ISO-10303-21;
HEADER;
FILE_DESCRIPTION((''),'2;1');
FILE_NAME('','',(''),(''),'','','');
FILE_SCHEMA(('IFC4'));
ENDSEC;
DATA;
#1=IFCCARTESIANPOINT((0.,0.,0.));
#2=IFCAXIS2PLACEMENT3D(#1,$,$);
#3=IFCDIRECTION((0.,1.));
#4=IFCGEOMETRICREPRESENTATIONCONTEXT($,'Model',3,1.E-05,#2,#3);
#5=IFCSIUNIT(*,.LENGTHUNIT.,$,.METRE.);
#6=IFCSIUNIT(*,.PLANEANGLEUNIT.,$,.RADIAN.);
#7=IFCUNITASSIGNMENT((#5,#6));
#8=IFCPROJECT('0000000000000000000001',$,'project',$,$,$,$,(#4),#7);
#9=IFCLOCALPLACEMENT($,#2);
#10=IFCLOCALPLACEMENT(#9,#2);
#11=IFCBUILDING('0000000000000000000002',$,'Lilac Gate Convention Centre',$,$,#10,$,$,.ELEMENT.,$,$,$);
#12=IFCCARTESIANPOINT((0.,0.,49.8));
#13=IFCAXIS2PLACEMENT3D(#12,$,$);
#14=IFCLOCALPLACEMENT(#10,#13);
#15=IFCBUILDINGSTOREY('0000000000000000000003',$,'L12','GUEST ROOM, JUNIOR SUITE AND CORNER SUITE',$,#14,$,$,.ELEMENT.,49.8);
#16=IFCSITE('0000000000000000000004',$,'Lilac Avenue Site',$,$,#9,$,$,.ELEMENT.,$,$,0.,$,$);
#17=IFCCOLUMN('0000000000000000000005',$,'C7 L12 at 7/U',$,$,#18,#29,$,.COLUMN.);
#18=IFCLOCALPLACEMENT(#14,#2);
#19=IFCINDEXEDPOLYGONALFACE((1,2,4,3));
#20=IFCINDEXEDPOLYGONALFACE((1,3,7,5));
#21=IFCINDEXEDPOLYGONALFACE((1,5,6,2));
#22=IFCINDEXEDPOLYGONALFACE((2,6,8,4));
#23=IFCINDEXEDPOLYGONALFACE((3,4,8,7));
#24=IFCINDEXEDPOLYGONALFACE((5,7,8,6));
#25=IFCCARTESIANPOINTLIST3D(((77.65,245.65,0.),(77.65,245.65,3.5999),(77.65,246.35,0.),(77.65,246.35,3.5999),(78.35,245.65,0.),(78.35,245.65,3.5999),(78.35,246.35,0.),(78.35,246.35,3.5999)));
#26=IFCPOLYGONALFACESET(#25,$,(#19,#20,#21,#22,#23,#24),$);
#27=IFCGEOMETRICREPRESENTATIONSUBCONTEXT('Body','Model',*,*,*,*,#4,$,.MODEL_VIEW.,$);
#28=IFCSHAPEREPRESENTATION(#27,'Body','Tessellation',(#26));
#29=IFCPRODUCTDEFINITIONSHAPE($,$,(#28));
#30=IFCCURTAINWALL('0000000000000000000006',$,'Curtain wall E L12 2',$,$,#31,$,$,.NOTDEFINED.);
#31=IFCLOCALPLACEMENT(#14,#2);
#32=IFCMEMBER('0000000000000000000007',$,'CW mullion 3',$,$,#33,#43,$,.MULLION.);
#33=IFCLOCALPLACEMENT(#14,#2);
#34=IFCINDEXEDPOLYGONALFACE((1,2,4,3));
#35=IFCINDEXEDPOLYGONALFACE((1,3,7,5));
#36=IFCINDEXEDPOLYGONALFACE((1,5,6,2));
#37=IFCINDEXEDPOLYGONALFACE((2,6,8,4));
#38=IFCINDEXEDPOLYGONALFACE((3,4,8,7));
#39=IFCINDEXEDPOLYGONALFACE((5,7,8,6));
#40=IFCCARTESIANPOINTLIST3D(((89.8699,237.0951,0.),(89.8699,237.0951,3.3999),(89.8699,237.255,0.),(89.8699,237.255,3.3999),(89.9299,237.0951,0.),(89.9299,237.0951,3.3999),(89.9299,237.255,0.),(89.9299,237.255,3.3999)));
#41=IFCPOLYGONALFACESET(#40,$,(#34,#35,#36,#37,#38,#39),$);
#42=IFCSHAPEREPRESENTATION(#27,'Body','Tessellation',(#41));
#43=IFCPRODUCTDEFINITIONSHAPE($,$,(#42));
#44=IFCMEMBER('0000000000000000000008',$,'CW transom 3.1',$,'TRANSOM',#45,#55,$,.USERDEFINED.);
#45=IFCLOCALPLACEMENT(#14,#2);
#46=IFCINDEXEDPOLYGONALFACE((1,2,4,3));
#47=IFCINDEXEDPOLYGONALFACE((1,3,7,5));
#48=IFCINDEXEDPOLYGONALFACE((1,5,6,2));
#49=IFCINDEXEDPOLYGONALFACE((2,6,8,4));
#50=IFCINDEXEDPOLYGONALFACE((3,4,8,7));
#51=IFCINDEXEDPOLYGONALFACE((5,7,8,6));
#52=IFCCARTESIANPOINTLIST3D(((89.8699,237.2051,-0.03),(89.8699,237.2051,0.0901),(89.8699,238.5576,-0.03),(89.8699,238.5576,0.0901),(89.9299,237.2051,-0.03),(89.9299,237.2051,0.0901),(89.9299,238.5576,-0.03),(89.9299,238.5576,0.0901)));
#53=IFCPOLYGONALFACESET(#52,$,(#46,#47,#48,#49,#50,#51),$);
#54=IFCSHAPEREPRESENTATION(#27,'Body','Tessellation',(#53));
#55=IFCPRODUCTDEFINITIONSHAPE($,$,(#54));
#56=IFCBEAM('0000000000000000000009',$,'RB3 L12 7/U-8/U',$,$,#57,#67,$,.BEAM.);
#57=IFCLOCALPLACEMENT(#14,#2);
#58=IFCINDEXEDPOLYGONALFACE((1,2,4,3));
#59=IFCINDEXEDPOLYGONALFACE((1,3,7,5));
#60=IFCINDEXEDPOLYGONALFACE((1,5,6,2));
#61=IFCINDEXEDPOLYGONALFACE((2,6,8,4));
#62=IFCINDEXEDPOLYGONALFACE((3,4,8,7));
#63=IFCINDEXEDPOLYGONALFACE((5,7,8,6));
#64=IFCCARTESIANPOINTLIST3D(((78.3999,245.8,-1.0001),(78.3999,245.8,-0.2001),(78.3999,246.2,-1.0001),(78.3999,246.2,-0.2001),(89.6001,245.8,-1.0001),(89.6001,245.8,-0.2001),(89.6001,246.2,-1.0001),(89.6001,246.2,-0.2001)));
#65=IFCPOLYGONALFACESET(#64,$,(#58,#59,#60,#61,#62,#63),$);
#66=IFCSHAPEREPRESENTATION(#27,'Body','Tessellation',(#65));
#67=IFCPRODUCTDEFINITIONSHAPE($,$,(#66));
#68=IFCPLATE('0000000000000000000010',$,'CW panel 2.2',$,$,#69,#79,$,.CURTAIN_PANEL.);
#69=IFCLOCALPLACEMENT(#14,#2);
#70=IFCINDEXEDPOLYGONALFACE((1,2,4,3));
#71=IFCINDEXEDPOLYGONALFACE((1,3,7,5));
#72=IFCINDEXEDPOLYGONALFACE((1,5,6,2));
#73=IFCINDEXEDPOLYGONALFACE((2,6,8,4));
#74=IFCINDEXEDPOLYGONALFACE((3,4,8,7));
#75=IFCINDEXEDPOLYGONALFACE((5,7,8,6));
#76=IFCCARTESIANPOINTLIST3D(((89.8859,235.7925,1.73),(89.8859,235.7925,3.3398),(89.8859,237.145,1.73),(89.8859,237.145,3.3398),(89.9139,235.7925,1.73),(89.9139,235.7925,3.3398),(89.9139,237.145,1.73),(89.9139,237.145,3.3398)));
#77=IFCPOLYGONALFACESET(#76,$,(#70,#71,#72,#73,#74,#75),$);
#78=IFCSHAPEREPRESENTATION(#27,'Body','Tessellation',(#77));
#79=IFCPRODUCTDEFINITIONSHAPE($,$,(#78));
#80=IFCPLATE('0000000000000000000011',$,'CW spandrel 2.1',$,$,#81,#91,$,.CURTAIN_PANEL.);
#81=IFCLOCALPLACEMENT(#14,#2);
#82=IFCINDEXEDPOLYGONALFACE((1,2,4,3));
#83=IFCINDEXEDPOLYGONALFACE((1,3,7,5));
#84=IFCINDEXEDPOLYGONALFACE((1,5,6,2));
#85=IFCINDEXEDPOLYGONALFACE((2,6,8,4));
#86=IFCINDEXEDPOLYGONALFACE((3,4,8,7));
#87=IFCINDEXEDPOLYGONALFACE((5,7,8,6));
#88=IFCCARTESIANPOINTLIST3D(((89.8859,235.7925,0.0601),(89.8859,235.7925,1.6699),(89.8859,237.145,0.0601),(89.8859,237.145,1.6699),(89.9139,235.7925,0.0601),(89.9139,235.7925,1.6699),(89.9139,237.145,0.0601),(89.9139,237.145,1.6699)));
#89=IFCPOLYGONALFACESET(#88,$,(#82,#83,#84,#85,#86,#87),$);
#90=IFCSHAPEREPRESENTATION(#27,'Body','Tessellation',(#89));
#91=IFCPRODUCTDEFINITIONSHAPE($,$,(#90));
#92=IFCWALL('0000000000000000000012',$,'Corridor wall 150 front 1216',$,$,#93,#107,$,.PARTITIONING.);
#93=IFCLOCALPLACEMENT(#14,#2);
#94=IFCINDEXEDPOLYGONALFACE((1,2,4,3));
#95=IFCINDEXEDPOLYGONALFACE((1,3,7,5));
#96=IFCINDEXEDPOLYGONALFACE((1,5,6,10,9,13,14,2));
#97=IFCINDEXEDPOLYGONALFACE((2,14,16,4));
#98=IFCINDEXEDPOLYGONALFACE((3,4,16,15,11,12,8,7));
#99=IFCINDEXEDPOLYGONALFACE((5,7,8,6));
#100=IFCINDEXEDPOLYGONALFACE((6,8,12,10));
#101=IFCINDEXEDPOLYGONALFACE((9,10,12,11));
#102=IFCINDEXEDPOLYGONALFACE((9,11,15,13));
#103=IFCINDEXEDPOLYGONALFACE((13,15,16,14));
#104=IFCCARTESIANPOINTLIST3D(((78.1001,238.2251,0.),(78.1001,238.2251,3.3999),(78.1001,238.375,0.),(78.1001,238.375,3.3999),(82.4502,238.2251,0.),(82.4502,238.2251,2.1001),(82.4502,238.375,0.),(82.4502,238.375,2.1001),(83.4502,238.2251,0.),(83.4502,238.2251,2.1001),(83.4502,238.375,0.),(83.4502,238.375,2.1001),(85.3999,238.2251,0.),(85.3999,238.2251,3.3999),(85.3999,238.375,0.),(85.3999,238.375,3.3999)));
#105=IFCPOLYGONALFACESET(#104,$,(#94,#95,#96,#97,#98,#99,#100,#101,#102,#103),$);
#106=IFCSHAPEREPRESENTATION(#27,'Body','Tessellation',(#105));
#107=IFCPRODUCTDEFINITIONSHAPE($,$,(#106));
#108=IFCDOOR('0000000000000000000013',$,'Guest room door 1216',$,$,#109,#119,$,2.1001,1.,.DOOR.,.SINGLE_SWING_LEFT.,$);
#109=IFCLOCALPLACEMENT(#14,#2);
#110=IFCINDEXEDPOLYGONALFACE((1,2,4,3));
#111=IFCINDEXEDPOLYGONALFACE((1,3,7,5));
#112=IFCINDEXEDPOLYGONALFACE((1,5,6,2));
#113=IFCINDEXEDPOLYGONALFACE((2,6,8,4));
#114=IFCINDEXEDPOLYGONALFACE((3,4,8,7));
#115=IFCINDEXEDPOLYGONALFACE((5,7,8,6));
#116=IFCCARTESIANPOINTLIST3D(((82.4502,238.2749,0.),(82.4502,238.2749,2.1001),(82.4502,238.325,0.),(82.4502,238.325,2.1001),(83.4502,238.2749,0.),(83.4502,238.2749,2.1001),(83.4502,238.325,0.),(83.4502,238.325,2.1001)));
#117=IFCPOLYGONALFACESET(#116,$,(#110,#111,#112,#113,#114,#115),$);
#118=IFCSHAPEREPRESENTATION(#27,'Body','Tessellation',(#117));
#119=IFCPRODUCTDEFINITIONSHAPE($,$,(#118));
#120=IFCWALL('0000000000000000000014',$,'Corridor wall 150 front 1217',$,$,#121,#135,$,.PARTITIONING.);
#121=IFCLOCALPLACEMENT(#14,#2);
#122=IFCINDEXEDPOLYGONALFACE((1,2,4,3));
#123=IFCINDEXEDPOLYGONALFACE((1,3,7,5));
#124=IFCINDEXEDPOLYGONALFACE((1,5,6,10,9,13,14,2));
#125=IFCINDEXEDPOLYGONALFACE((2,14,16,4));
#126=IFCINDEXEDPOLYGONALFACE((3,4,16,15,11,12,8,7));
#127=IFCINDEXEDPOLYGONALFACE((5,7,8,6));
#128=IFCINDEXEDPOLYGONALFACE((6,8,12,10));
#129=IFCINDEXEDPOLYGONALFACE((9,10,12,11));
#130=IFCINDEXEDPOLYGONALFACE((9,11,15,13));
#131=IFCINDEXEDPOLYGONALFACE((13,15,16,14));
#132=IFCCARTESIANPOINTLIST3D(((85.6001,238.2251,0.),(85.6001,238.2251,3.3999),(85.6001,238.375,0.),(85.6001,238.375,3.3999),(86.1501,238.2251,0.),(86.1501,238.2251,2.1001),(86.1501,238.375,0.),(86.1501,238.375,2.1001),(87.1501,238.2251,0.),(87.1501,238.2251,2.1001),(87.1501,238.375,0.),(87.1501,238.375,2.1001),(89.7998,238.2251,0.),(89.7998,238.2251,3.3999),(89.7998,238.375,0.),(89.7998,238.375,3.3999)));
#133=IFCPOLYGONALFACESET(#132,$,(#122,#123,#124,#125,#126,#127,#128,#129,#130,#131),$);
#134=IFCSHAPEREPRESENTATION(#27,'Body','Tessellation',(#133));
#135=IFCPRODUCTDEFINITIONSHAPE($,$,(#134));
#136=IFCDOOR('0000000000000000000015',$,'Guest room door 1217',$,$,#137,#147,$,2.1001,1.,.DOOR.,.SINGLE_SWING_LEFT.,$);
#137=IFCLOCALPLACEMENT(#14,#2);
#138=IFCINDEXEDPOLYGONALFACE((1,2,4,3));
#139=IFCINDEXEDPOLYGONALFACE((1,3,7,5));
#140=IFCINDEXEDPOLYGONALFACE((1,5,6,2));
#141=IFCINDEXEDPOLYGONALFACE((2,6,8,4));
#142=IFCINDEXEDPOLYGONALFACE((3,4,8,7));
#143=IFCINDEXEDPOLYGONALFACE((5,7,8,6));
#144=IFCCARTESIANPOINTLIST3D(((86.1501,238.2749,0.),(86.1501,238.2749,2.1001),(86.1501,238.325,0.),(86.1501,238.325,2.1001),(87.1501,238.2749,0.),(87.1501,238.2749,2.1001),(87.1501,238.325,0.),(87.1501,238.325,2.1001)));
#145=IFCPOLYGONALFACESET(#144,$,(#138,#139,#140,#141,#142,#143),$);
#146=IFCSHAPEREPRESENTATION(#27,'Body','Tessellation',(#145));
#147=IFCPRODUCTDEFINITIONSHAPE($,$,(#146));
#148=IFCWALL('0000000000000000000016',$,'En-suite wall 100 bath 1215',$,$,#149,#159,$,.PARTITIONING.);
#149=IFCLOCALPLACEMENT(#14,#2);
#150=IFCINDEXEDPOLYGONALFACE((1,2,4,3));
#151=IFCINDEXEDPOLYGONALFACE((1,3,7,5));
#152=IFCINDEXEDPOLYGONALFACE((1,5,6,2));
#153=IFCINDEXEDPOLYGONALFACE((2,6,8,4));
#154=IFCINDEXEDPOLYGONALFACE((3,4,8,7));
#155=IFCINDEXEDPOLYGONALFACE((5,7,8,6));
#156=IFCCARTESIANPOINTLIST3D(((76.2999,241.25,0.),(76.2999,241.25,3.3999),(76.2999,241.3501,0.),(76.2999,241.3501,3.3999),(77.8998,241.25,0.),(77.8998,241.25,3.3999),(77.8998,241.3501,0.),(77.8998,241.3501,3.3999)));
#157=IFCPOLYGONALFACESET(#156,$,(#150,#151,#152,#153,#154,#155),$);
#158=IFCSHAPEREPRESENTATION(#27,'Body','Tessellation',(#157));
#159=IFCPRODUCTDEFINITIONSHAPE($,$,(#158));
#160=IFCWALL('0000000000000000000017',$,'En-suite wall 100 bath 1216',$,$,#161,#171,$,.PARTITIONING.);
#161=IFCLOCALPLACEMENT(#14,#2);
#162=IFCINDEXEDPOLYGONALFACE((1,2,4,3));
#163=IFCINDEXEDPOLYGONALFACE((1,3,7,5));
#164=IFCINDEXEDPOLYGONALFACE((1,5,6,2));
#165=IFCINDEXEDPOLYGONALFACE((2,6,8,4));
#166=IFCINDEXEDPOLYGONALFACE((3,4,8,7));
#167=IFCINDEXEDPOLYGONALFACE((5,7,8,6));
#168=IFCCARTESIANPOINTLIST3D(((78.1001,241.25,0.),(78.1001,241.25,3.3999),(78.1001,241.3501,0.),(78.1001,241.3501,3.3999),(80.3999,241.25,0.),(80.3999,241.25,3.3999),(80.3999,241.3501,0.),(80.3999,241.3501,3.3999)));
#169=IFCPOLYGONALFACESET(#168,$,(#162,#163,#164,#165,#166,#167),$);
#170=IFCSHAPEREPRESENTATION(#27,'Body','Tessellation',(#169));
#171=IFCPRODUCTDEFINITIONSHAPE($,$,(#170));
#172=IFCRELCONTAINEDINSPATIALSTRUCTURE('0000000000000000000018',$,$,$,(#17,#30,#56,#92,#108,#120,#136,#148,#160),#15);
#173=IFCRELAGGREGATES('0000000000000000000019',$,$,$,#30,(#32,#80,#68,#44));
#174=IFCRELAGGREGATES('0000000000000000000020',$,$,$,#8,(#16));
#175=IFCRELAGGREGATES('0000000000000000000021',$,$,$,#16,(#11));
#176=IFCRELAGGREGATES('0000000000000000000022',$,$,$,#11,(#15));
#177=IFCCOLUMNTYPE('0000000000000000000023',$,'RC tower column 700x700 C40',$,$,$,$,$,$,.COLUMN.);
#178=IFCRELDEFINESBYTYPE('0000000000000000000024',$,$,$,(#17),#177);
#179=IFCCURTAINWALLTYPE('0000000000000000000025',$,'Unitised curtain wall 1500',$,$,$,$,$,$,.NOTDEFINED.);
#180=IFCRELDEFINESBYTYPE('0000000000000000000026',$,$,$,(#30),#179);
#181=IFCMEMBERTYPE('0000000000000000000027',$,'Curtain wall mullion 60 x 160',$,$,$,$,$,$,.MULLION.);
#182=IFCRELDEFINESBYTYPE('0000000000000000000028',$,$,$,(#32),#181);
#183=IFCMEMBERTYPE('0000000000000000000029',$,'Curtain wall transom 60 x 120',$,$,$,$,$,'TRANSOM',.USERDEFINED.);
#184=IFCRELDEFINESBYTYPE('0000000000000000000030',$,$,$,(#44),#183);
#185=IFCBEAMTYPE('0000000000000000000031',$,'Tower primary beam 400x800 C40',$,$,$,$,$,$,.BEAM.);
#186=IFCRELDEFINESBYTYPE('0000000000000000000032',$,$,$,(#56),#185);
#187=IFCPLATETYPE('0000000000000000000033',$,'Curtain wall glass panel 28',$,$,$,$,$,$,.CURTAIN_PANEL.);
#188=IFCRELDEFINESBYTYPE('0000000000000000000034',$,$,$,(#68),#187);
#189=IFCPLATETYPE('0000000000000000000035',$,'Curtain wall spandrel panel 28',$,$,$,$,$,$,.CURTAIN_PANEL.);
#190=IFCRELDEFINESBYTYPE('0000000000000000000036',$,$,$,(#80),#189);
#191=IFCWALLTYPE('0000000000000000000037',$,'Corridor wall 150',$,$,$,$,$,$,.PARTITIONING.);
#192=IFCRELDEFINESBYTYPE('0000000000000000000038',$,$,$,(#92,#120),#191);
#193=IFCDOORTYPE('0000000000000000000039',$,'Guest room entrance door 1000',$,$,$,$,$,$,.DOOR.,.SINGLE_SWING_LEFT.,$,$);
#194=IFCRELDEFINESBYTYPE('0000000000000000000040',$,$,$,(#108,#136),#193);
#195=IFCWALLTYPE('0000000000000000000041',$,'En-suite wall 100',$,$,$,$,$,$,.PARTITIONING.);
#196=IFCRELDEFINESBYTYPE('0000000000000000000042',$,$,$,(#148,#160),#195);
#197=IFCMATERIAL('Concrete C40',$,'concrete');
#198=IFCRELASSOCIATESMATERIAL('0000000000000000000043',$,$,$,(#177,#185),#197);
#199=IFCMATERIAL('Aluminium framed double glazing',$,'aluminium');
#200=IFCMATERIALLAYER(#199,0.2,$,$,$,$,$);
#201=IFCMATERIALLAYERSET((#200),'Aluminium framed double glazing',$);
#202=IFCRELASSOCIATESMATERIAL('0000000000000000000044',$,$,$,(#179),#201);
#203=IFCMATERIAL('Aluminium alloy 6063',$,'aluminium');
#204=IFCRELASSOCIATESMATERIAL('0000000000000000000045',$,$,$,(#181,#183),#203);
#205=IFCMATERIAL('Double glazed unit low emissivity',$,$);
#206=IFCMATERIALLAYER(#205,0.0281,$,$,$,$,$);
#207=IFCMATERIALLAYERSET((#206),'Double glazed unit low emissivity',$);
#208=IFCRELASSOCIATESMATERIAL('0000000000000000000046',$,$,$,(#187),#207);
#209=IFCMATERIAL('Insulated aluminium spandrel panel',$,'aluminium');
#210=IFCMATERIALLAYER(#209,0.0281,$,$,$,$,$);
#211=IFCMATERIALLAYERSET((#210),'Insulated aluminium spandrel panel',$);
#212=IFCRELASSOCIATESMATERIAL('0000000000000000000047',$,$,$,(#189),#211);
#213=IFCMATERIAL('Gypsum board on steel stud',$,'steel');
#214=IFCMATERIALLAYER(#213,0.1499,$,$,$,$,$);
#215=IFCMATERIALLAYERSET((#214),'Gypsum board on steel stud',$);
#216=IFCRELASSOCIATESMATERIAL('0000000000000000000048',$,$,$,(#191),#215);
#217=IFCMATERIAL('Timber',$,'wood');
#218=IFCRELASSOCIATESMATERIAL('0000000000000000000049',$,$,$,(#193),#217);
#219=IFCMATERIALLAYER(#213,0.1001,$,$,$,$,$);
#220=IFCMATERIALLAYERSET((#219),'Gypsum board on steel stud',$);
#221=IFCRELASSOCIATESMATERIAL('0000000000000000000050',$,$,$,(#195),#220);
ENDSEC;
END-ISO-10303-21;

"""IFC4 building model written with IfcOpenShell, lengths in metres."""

from ifc_helpers import new_model, si_unit, direction, frame, frame_2d, origin, origin_2d, place, context, subcontext, project, spatial, rectangle, extrude, material, layer, layer_set, material_profile, profile_set, type_object, element, fill, aggregate, save


model = new_model("IFC4")

# Units and contexts
model_context = context("Model", 3, precision=1e-05, world=origin(), true_north=direction((0.0, 1.0)))
body_context = subcontext(model_context, "Body", "Model", "MODEL_VIEW")
ifc_project = project(units=[si_unit("LENGTHUNIT", "METRE"), si_unit("PLANEANGLEUNIT", "RADIAN")], contexts=[model_context])

# Site, building, storey
site_placement = place(None, origin())
site = spatial("IfcSite", under=ifc_project, at=site_placement, Name="Lilac Avenue Site", CompositionType="ELEMENT", RefElevation=0.0)
building_placement = place(site_placement, origin())
building = spatial("IfcBuilding", under=site, at=building_placement, Name="Lilac Gate Convention Centre", CompositionType="ELEMENT")
storey_placement = place(building_placement, frame((0.0, 0.0, 49.8)))
storey = spatial("IfcBuildingStorey", under=building, at=storey_placement, Name="L12", Description="GUEST ROOM, JUNIOR SUITE AND CORNER SUITE", CompositionType="ELEMENT", Elevation=49.8)

# Column
ifc_material_1 = material(Name="Concrete C40", Category="concrete")
ifc_material_profile_1 = material_profile(ifc_material_1, rectangle(XDim=0.7, YDim=0.7, at=origin_2d()), Name="RC 700x700")
ifc_profile_set_1 = profile_set([ifc_material_profile_1], Name="Concrete C40")
column_type = type_object("IfcColumnType", Name="RC tower column 700x700 C40", PredefinedType="COLUMN", material=ifc_profile_set_1)
column_placement = place(storey_placement, frame((78.0, 246.0, 0.0), z_axis=(0.0, 0.0, 1.0), x_axis=(1.0, 0.0, 0.0)))
element("IfcColumn", 1, at=column_placement, inside=storey, type_object=column_type, Name="C7 L12 at 7/U", PredefinedType="COLUMN", context=body_context, shape_type="SweptSolid", body=[
    extrude(rectangle(XDim=0.7, YDim=0.7, at=origin_2d()), origin(), (0.0, 0.0, 1.0), 3.5999),
])

# Curtain wall, members
ifc_material_2 = material(Name="Aluminium framed double glazing", Category="aluminium")
ifc_layer_1 = layer(ifc_material_2, 0.2)
ifc_layer_set_1 = layer_set([ifc_layer_1], Name="Aluminium framed double glazing")
curtain_wall_type = type_object("IfcCurtainWallType", Name="Unitised curtain wall 1500", PredefinedType="NOTDEFINED", material=ifc_layer_set_1)
curtain_wall_placement = place(storey_placement, origin())
curtain_wall = element("IfcCurtainWall", 2, at=curtain_wall_placement, inside=storey, type_object=curtain_wall_type, Name="Curtain wall E L12 2", PredefinedType="NOTDEFINED")
ifc_material_3 = material(Name="Aluminium alloy 6063", Category="aluminium")
ifc_material_profile_2 = material_profile(ifc_material_3, rectangle(XDim=0.0601, YDim=0.1599, at=origin_2d()), Name="Curtain wall mullion 60 x 160")
ifc_profile_set_2 = profile_set([ifc_material_profile_2], Name="Aluminium alloy 6063")
member_type_1 = type_object("IfcMemberType", Name="Curtain wall mullion 60 x 160", PredefinedType="MULLION", material=ifc_profile_set_2)
member_1_placement = place(storey_placement, frame((89.8999, 237.175, 0.0), z_axis=(0.0, 0.0, 1.0), x_axis=(-1.0, 0.0, 0.0)))
member_1 = element("IfcMember", 3, at=member_1_placement, type_object=member_type_1, Name="CW mullion 3", PredefinedType="MULLION", context=body_context, shape_type="SweptSolid", body=[
    extrude(rectangle(XDim=0.0601, YDim=0.1599, at=origin_2d()), origin(), (0.0, 0.0, 1.0), 3.3999),
])
ifc_material_profile_3 = material_profile(ifc_material_3, rectangle(XDim=0.0601, YDim=0.1201, at=origin_2d()), Name="Curtain wall transom 60 x 120")
ifc_profile_set_3 = profile_set([ifc_material_profile_3], Name="Aluminium alloy 6063")
member_type_2 = type_object("IfcMemberType", Name="Curtain wall transom 60 x 120", ElementType="TRANSOM", PredefinedType="USERDEFINED", material=ifc_profile_set_3)
member_2_placement = place(storey_placement, frame((89.8999, 237.2051, 0.03), z_axis=(0.0, 1.0, 0.0), x_axis=(-1.0, 0.0, 0.0)))
member_2 = element("IfcMember", 4, at=member_2_placement, type_object=member_type_2, Name="CW transom 3.1", ObjectType="TRANSOM", PredefinedType="USERDEFINED", context=body_context, shape_type="SweptSolid", body=[
    extrude(rectangle(XDim=0.0601, YDim=0.1201, at=origin_2d()), origin(), (0.0, 0.0, 1.0), 1.3525),
])

# Beam
ifc_material_profile_4 = material_profile(ifc_material_1, rectangle(XDim=0.3999, YDim=0.8, at=origin_2d()), Name="RC 400x800")
ifc_profile_set_4 = profile_set([ifc_material_profile_4], Name="Concrete C40")
beam_type = type_object("IfcBeamType", Name="Tower primary beam 400x800 C40", PredefinedType="BEAM", material=ifc_profile_set_4)
beam_placement = place(storey_placement, frame((78.3999, 246.0, -0.6001), z_axis=(1.0, 0.0, 0.0), x_axis=(0.0, 1.0, 0.0)))
element("IfcBeam", 5, at=beam_placement, inside=storey, type_object=beam_type, Name="RB3 L12 7/U-8/U", PredefinedType="BEAM", context=body_context, shape_type="SweptSolid", body=[
    extrude(rectangle(XDim=0.3999, YDim=0.8, at=origin_2d()), origin(), (0.0, 0.0, 1.0), 11.2002),
])

# Plates
ifc_material_4 = material(Name="Double glazed unit low emissivity")
ifc_layer_2 = layer(ifc_material_4, 0.0281)
ifc_layer_set_2 = layer_set([ifc_layer_2], Name="Double glazed unit low emissivity")
plate_type_1 = type_object("IfcPlateType", Name="Curtain wall glass panel 28", PredefinedType="CURTAIN_PANEL", material=ifc_layer_set_2)
plate_1_placement = place(storey_placement, frame((89.8999, 236.4688, 1.73), z_axis=(0.0, 0.0, 1.0), x_axis=(0.0, 1.0, 0.0)))
plate_1 = element("IfcPlate", 6, at=plate_1_placement, type_object=plate_type_1, Name="CW panel 2.2", PredefinedType="CURTAIN_PANEL", context=body_context, shape_type="SweptSolid", body=[
    extrude(rectangle(XDim=1.3525, YDim=0.0281, at=origin_2d()), origin(), (0.0, 0.0, 1.0), 1.6099),
])
ifc_material_5 = material(Name="Insulated aluminium spandrel panel", Category="aluminium")
ifc_layer_3 = layer(ifc_material_5, 0.0281)
ifc_layer_set_3 = layer_set([ifc_layer_3], Name="Insulated aluminium spandrel panel")
plate_type_2 = type_object("IfcPlateType", Name="Curtain wall spandrel panel 28", PredefinedType="CURTAIN_PANEL", material=ifc_layer_set_3)
plate_2_placement = place(storey_placement, frame((89.8999, 236.4688, 0.0601), z_axis=(0.0, 0.0, 1.0), x_axis=(0.0, 1.0, 0.0)))
plate_2 = element("IfcPlate", 7, at=plate_2_placement, type_object=plate_type_2, Name="CW spandrel 2.1", PredefinedType="CURTAIN_PANEL", context=body_context, shape_type="SweptSolid", body=[
    extrude(rectangle(XDim=1.3525, YDim=0.0281, at=origin_2d()), origin(), (0.0, 0.0, 1.0), 1.6099),
])
aggregate(curtain_wall, [member_1, plate_2, plate_1, member_2])

# Walls, openings, doors
ifc_material_6 = material(Name="Gypsum board on steel stud", Category="steel")
ifc_layer_4 = layer(ifc_material_6, 0.1499)
ifc_layer_set_4 = layer_set([ifc_layer_4], Name="Gypsum board on steel stud")
wall_type_1 = type_object("IfcWallType", Name="Corridor wall 150", PredefinedType="PARTITIONING", material=ifc_layer_set_4)
wall_1_placement = place(storey_placement, frame((78.1001, 238.3, 0.0), z_axis=(0.0, 0.0, 1.0), x_axis=(1.0, 0.0, 0.0)))
wall_1 = element("IfcWall", 8, at=wall_1_placement, inside=storey, type_object=wall_type_1, Name="Corridor wall 150 front 1216", PredefinedType="PARTITIONING", context=body_context, shape_type="SweptSolid", body=[
    extrude(rectangle(XDim=7.2998, YDim=0.1499, at=frame_2d((3.6499, 0.0))), origin(), (0.0, 0.0, 1.0), 3.3999),
])
opening_1_placement = place(wall_1_placement, frame((4.3501, 0.0, 0.0)))
opening_1 = element("IfcOpeningElement", 9, at=opening_1_placement, cuts=wall_1, PredefinedType="OPENING", context=body_context, shape_type="SweptSolid", body=[
    extrude(rectangle(XDim=1.0, YDim=2.1001, at=frame_2d((0.5, 1.05))), frame((0.0, 0.085, 0.0), z_axis=(0.0, -1.0, 0.0), x_axis=(1.0, 0.0, 0.0)), (0.0, 0.0, 1.0), 0.1699),
])
ifc_material_7 = material(Name="Timber", Category="wood")
door_type_1 = type_object("IfcDoorType", Name="Guest room entrance door 1000", OperationType="SINGLE_SWING_LEFT", PredefinedType="DOOR", material=ifc_material_7)
door_1_placement = place(opening_1_placement, origin())
door_1 = element("IfcDoor", 10, at=door_1_placement, inside=storey, type_object=door_type_1, Name="Guest room door 1216", OperationType="SINGLE_SWING_LEFT", OverallHeight=2.1001, OverallWidth=1.0, PredefinedType="DOOR", context=body_context, shape_type="SweptSolid", body=[
    extrude(rectangle(XDim=1.0, YDim=2.1001, at=frame_2d((0.5, 1.05))), frame((0.0, 0.0249, 0.0), z_axis=(0.0, -1.0, 0.0), x_axis=(1.0, 0.0, 0.0)), (0.0, 0.0, 1.0), 0.05),
])
fill(opening_1, door_1)
wall_2_placement = place(storey_placement, frame((85.6001, 238.3, 0.0), z_axis=(0.0, 0.0, 1.0), x_axis=(1.0, 0.0, 0.0)))
wall_2 = element("IfcWall", 11, at=wall_2_placement, inside=storey, type_object=wall_type_1, Name="Corridor wall 150 front 1217", PredefinedType="PARTITIONING", context=body_context, shape_type="SweptSolid", body=[
    extrude(rectangle(XDim=4.1997, YDim=0.1499, at=frame_2d((2.0999, 0.0))), origin(), (0.0, 0.0, 1.0), 3.3999),
])
opening_2_placement = place(wall_2_placement, frame((0.55, 0.0, 0.0)))
opening_2 = element("IfcOpeningElement", 12, at=opening_2_placement, cuts=wall_2, PredefinedType="OPENING", context=body_context, shape_type="SweptSolid", body=[
    extrude(rectangle(XDim=1.0, YDim=2.1001, at=frame_2d((0.5, 1.05))), frame((0.0, 0.085, 0.0), z_axis=(0.0, -1.0, 0.0), x_axis=(1.0, 0.0, 0.0)), (0.0, 0.0, 1.0), 0.1699),
])
door_2_placement = place(opening_2_placement, origin())
door_2 = element("IfcDoor", 13, at=door_2_placement, inside=storey, type_object=door_type_1, Name="Guest room door 1217", OperationType="SINGLE_SWING_LEFT", OverallHeight=2.1001, OverallWidth=1.0, PredefinedType="DOOR", context=body_context, shape_type="SweptSolid", body=[
    extrude(rectangle(XDim=1.0, YDim=2.1001, at=frame_2d((0.5, 1.05))), frame((0.0, 0.0249, 0.0), z_axis=(0.0, -1.0, 0.0), x_axis=(1.0, 0.0, 0.0)), (0.0, 0.0, 1.0), 0.05),
])
fill(opening_2, door_2)

# Walls
ifc_layer_5 = layer(ifc_material_6, 0.1001)
ifc_layer_set_5 = layer_set([ifc_layer_5], Name="Gypsum board on steel stud")
wall_type_2 = type_object("IfcWallType", Name="En-suite wall 100", PredefinedType="PARTITIONING", material=ifc_layer_set_5)
wall_3_placement = place(storey_placement, frame((76.3, 241.3, 0.0), z_axis=(0.0, 0.0, 1.0), x_axis=(1.0, 0.0, 0.0)))
element("IfcWall", 14, at=wall_3_placement, inside=storey, type_object=wall_type_2, Name="En-suite wall 100 bath 1215", PredefinedType="PARTITIONING", context=body_context, shape_type="SweptSolid", body=[
    extrude(rectangle(XDim=1.5999, YDim=0.1001, at=frame_2d((0.7998, 0.0))), origin(), (0.0, 0.0, 1.0), 3.3999),
])
wall_4_placement = place(storey_placement, frame((78.1001, 241.3, 0.0), z_axis=(0.0, 0.0, 1.0), x_axis=(1.0, 0.0, 0.0)))
element("IfcWall", 15, at=wall_4_placement, inside=storey, type_object=wall_type_2, Name="En-suite wall 100 bath 1216", PredefinedType="PARTITIONING", context=body_context, shape_type="SweptSolid", body=[
    extrude(rectangle(XDim=2.2998, YDim=0.1001, at=frame_2d((1.1499, 0.0))), origin(), (0.0, 0.0, 1.0), 3.3999),
])

save(model, "model.ifc")
